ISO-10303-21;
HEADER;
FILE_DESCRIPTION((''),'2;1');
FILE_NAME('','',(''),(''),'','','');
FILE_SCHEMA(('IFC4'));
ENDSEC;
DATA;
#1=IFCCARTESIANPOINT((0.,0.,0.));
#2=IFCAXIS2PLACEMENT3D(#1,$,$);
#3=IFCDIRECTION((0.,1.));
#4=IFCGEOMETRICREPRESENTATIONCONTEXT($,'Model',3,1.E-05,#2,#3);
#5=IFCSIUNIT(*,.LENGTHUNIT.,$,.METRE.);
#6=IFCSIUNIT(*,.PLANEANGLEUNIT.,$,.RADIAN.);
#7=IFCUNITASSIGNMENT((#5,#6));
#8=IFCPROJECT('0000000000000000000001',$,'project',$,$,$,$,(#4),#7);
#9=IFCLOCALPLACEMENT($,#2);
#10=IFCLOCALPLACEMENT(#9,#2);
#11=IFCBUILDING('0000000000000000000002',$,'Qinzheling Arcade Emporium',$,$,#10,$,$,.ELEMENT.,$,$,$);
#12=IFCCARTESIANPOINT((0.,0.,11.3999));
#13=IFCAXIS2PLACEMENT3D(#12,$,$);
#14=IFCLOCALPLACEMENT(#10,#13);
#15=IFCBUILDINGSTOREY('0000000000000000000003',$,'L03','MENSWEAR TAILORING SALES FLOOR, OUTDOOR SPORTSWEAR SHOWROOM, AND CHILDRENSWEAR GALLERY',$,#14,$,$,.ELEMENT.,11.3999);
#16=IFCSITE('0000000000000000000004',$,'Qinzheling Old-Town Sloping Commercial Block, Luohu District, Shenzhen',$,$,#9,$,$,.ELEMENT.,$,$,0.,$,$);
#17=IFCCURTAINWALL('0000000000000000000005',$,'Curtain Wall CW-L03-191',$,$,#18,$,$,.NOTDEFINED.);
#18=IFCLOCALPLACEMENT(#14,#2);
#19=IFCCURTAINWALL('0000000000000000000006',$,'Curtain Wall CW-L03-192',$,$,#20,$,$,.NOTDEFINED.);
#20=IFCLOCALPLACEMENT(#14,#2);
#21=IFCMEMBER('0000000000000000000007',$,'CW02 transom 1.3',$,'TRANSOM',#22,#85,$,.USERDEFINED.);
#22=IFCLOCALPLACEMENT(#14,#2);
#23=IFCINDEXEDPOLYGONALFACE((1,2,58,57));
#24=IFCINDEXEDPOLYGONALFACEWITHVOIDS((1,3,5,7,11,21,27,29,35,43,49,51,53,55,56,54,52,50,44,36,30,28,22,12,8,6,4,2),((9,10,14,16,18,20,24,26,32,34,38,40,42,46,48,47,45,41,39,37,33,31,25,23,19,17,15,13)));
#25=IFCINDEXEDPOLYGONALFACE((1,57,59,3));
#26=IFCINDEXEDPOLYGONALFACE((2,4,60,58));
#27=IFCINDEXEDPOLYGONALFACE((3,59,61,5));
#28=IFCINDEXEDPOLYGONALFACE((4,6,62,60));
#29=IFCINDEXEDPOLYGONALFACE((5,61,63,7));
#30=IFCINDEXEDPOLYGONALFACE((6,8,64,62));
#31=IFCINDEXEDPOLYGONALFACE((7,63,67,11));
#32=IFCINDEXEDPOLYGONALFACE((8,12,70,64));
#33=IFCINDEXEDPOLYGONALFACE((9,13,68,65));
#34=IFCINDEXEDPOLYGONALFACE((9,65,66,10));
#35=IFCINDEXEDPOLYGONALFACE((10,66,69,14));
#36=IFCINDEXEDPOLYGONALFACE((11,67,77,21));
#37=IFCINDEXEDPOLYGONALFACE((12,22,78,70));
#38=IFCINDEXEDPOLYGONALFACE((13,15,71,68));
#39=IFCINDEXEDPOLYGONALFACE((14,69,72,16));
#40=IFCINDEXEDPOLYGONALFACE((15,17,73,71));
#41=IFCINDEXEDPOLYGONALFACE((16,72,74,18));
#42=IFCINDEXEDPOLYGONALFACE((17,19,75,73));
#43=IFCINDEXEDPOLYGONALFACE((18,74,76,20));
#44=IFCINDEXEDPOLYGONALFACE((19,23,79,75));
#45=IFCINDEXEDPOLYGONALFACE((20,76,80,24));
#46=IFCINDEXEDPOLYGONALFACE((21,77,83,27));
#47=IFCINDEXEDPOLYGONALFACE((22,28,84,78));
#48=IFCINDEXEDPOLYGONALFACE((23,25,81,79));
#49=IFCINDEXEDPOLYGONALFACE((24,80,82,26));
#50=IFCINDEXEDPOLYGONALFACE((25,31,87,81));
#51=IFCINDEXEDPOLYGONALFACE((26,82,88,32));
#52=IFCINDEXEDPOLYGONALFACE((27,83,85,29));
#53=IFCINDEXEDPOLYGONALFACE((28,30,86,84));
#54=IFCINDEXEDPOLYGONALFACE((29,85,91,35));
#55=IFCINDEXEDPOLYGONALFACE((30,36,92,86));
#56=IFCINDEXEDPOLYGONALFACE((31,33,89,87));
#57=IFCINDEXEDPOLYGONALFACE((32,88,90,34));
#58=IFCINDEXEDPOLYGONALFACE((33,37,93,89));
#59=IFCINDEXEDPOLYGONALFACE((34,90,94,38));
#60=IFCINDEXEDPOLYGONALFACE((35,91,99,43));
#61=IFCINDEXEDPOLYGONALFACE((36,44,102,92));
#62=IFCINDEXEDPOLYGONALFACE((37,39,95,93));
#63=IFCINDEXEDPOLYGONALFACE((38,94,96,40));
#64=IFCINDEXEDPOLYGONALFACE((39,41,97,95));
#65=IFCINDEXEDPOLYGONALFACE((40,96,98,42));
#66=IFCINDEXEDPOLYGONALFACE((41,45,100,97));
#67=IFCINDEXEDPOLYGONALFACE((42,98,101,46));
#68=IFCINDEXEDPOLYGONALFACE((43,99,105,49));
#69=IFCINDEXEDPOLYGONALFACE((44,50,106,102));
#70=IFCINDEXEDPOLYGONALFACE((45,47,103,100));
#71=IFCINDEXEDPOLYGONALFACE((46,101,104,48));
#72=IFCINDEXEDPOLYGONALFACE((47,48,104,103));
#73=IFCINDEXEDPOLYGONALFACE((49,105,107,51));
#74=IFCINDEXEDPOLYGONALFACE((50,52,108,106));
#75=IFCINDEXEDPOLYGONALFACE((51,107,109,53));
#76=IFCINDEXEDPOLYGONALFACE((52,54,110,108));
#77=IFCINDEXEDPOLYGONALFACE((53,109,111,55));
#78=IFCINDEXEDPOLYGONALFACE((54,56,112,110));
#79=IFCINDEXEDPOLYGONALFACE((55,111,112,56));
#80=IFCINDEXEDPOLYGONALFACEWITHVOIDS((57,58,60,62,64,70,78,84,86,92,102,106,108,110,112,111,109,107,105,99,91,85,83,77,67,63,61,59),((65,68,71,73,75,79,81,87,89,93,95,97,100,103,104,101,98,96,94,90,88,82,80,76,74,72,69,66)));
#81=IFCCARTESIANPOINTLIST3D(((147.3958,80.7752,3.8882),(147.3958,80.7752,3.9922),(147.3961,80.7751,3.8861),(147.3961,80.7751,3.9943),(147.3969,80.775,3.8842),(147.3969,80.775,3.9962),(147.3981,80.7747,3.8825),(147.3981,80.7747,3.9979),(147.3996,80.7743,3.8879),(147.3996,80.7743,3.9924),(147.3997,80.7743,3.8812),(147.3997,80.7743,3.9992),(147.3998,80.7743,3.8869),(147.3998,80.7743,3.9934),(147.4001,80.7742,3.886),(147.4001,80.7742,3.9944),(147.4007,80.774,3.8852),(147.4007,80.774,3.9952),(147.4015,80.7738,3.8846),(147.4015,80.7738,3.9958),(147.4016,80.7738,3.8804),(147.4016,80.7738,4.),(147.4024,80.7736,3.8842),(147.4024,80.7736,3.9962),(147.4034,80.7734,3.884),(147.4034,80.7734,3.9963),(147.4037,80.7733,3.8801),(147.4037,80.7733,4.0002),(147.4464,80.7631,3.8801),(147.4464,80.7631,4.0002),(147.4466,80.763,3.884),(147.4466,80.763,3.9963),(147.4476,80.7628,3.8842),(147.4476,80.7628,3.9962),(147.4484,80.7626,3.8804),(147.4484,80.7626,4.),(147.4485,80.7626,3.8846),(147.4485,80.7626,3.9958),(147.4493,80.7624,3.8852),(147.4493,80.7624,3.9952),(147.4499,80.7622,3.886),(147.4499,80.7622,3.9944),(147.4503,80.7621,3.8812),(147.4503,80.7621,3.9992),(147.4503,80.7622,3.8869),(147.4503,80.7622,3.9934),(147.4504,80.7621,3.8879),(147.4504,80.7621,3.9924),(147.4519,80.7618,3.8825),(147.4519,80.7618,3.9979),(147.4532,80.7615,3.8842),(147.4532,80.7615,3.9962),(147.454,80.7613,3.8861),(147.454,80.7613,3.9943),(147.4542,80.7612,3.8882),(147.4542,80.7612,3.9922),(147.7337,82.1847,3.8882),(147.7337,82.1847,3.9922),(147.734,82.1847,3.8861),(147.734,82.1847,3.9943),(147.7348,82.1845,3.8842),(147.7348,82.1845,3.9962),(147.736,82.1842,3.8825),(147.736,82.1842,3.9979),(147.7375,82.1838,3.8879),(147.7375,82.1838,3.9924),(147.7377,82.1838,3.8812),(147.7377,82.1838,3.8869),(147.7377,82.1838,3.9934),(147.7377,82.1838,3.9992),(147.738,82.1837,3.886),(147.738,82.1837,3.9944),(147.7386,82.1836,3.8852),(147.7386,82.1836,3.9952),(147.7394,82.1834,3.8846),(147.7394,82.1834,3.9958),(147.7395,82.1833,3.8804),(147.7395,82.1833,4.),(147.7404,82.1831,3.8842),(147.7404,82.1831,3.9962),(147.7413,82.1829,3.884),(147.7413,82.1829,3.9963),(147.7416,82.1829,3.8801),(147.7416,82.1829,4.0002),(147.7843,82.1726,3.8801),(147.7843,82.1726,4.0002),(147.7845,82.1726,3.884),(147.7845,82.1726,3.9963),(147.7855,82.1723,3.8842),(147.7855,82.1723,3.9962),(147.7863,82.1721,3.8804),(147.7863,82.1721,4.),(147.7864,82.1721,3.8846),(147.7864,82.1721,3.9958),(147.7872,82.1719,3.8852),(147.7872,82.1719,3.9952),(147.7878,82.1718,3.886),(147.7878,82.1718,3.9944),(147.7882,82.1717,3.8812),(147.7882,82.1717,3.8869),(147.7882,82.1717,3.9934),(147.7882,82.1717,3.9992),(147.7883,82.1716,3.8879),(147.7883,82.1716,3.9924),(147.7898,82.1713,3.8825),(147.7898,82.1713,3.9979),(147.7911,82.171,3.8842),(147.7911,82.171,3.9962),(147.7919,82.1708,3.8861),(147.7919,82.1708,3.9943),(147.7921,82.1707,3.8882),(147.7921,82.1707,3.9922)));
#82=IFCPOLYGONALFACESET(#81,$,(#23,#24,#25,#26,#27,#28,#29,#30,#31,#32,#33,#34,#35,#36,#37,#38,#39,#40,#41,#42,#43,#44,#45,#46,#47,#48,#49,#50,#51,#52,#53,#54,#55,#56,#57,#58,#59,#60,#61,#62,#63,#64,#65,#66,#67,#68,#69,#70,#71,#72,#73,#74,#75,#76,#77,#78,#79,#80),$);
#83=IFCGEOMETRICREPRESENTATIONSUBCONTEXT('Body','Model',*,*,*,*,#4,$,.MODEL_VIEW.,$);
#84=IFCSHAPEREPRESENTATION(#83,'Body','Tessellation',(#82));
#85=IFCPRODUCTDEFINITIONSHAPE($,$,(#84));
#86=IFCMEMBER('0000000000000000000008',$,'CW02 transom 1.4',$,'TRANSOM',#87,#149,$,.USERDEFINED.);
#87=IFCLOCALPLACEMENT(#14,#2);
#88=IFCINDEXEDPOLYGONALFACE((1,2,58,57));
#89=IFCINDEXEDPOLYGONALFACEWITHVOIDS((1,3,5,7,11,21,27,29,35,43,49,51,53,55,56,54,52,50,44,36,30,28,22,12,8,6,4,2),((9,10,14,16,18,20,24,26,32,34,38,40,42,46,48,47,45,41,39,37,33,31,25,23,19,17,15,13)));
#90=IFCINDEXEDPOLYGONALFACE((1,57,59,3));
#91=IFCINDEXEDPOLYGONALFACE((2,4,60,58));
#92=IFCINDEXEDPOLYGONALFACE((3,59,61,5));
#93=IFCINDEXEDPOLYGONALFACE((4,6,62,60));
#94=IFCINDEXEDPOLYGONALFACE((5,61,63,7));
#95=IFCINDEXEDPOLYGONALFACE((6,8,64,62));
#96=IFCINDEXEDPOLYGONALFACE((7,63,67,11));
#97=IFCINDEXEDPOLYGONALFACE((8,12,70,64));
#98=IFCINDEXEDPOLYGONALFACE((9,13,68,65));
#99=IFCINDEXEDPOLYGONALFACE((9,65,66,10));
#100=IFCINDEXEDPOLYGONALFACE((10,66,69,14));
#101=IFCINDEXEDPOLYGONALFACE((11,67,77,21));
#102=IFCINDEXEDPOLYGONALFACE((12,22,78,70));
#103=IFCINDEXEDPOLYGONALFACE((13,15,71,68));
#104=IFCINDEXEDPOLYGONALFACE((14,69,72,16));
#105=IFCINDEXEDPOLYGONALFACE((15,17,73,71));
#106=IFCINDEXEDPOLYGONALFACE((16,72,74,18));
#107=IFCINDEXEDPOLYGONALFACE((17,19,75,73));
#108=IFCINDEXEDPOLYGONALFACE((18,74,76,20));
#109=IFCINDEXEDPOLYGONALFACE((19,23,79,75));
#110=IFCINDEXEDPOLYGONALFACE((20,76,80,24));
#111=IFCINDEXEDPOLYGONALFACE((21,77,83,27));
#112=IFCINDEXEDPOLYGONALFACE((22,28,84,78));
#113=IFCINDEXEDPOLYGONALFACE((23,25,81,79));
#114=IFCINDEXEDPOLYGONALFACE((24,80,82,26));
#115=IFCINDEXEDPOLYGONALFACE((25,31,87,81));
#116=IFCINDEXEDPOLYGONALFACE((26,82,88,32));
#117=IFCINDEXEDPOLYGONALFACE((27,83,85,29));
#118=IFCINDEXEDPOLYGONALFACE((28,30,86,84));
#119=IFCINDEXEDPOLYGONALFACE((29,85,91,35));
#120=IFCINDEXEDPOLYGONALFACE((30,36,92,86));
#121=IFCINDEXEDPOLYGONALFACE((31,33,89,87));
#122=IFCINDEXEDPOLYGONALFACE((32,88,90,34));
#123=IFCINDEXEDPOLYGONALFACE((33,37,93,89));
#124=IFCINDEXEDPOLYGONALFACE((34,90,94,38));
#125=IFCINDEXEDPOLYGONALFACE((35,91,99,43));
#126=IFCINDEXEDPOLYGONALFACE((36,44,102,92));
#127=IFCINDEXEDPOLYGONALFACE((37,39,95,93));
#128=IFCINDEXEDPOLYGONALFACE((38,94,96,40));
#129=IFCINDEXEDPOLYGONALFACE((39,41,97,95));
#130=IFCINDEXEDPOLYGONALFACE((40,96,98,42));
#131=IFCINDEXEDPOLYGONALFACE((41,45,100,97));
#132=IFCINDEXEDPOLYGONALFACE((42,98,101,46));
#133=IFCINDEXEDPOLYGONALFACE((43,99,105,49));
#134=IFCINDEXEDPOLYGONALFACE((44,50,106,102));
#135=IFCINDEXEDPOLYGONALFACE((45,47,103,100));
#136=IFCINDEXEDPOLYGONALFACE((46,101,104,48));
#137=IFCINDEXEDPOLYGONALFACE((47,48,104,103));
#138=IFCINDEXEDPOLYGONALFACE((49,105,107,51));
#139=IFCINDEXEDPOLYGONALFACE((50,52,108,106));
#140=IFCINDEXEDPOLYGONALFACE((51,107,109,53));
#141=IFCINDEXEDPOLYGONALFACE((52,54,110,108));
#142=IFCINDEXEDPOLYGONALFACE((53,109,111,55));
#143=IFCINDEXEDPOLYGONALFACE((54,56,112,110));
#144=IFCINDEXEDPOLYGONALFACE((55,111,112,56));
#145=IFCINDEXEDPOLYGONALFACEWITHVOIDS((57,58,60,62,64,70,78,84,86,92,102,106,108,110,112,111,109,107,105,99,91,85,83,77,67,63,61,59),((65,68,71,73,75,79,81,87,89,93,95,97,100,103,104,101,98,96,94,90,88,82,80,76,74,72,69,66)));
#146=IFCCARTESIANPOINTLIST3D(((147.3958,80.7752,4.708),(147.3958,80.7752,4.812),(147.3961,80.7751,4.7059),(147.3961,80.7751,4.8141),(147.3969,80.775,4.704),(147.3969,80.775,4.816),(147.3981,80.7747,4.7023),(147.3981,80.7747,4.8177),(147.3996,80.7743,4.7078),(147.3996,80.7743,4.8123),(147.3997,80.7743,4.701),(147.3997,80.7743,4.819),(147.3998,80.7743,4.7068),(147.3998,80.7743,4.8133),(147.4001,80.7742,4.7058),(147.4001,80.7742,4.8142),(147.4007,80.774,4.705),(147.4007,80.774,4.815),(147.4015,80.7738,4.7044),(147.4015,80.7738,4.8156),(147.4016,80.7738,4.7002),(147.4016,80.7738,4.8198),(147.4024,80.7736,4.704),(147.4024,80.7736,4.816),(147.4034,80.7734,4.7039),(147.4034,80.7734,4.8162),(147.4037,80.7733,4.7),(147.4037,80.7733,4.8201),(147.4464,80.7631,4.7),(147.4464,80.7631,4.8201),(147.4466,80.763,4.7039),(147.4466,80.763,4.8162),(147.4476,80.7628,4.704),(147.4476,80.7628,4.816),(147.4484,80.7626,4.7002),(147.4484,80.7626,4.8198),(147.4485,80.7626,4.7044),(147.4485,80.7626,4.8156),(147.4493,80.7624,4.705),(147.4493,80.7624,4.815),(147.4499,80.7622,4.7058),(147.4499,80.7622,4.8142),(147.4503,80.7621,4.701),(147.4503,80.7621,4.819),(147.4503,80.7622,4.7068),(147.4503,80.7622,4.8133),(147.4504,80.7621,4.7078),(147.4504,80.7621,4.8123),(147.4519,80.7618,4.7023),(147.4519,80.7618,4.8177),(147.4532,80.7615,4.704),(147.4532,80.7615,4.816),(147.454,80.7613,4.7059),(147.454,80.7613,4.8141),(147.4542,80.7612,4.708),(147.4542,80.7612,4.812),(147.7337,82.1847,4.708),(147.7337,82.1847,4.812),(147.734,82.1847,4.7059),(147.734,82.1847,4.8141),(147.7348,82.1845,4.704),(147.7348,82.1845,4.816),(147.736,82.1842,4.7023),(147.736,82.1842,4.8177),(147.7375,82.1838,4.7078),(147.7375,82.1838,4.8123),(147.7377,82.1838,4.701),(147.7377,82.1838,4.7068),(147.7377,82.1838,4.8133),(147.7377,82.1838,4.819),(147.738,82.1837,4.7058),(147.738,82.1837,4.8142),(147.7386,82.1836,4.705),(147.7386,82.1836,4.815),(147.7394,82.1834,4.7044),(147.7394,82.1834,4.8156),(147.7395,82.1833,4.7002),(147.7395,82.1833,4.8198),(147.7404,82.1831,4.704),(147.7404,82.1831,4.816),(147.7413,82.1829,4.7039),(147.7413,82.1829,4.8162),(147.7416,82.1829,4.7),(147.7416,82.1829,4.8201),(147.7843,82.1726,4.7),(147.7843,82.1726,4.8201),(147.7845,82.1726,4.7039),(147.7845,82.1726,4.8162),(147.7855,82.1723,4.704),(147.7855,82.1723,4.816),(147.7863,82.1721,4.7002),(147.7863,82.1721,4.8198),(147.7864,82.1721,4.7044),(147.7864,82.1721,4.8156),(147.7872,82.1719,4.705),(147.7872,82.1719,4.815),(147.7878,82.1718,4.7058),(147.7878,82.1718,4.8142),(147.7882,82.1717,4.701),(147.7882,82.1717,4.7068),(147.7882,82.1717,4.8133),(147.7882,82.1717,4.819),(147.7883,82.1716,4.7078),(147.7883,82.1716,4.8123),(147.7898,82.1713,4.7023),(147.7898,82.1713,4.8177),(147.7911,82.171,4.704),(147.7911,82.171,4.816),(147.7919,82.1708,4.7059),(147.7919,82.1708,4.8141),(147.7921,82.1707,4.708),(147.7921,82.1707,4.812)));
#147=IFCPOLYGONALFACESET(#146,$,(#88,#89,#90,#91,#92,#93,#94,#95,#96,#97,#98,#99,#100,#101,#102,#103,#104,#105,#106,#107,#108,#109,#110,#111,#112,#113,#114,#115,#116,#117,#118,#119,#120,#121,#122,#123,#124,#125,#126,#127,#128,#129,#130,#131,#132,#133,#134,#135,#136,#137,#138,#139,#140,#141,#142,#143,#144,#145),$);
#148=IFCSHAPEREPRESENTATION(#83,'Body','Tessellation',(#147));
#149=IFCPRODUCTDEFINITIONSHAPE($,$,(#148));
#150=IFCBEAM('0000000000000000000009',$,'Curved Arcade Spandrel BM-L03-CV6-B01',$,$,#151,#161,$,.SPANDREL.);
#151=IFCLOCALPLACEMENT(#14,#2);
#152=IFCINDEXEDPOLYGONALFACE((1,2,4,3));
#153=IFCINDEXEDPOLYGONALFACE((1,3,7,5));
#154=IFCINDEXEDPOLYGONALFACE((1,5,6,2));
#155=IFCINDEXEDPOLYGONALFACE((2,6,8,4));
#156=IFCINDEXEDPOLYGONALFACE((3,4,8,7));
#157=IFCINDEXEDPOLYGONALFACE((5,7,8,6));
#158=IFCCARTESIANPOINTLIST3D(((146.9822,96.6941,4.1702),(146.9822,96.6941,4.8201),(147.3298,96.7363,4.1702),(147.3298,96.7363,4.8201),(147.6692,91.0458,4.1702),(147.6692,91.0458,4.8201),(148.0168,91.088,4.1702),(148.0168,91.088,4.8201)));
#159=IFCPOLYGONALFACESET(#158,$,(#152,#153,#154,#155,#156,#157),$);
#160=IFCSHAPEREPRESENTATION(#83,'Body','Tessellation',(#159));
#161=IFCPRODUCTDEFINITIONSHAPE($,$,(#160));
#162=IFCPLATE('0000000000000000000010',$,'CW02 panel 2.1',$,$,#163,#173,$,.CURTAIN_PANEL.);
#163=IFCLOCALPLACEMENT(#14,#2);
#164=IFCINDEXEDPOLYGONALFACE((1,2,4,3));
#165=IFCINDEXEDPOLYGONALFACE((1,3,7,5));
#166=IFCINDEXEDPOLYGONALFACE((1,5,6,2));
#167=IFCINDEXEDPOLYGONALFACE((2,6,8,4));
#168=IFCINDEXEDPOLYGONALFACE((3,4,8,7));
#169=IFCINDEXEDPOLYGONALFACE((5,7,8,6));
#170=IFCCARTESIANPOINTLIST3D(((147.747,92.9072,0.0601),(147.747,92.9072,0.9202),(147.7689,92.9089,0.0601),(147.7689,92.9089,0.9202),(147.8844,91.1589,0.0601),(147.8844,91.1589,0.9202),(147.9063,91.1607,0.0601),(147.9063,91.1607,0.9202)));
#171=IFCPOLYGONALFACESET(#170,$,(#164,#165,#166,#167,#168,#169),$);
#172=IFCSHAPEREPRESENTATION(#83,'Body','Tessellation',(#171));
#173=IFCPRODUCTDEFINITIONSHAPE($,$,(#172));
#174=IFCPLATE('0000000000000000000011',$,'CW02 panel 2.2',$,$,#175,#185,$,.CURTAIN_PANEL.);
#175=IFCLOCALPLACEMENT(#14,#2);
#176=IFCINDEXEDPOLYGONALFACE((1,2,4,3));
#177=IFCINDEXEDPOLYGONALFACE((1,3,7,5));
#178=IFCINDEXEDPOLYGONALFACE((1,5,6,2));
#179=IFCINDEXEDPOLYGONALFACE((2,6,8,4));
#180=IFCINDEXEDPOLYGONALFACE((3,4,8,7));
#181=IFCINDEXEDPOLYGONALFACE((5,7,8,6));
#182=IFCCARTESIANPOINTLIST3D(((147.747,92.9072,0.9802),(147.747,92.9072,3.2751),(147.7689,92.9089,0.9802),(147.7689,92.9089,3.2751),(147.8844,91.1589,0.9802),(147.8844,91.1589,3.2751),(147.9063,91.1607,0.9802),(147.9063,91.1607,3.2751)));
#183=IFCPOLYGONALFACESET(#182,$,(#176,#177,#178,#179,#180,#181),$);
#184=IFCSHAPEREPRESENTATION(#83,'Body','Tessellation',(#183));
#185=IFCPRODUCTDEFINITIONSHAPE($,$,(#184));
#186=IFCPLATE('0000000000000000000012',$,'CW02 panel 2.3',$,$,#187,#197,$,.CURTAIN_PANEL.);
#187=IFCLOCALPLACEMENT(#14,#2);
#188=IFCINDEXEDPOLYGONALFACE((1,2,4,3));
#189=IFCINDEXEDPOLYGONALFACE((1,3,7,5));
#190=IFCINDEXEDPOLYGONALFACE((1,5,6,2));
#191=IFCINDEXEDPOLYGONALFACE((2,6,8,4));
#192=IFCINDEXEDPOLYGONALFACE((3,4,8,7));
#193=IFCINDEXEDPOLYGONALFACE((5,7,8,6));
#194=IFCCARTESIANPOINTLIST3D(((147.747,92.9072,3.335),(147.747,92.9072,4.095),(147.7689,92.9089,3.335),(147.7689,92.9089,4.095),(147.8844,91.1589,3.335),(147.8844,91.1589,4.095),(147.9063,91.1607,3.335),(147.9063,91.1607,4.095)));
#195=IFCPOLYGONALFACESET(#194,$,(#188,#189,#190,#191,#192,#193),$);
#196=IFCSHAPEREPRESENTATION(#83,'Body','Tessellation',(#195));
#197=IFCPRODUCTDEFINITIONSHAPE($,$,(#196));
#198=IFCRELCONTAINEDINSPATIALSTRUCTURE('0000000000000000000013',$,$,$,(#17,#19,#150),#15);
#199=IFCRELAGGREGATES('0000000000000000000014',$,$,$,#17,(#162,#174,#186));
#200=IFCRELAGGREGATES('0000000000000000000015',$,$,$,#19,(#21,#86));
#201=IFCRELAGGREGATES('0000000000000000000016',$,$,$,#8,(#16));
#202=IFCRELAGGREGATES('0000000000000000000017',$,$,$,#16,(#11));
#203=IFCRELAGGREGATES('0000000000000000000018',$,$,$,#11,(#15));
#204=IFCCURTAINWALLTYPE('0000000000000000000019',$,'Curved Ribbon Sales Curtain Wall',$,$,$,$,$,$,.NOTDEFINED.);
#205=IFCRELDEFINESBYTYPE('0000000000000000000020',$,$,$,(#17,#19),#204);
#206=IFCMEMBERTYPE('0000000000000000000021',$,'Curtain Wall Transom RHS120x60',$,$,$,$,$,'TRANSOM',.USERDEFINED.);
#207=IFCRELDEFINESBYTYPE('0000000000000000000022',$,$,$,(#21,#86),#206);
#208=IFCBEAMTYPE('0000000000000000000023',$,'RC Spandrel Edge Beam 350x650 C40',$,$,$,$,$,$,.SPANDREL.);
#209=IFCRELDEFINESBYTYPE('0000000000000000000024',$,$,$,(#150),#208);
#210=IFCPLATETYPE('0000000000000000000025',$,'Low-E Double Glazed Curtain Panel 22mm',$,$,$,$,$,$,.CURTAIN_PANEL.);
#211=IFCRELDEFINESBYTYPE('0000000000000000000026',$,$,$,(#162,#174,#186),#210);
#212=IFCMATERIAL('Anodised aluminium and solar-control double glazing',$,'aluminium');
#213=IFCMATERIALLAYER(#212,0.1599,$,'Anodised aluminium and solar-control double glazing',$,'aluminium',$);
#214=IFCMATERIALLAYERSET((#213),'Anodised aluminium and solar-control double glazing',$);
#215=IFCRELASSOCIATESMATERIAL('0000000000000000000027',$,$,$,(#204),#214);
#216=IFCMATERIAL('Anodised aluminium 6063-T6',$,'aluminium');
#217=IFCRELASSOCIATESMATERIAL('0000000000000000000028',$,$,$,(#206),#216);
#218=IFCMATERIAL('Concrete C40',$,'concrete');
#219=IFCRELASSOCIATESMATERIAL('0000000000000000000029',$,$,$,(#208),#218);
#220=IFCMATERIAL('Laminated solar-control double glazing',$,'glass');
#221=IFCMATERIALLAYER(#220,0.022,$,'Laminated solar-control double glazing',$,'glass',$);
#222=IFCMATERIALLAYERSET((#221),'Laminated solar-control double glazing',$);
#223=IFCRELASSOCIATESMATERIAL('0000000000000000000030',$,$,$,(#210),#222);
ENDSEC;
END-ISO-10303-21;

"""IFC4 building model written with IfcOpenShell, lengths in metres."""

from ifc_helpers import new_model, si_unit, direction, frame, origin, origin_2d, place, context, subcontext, project, spatial, rectangle, hollow_rectangle, extrude, material, layer, layer_set, material_profile, profile_set, type_object, element, aggregate, save


model = new_model("IFC4")

# Units and contexts
model_context = context("Model", 3, precision=1e-05, world=origin(), true_north=direction((0.0, 1.0)))
body_context = subcontext(model_context, "Body", "Model", "MODEL_VIEW")
ifc_project = project(units=[si_unit("LENGTHUNIT", "METRE"), si_unit("PLANEANGLEUNIT", "RADIAN")], contexts=[model_context])

# Site, building, storey
site_placement = place(None, origin())
site = spatial("IfcSite", under=ifc_project, at=site_placement, Name="Qinzheling Old-Town Sloping Commercial Block, Luohu District, Shenzhen", CompositionType="ELEMENT", RefElevation=0.0)
building_placement = place(site_placement, origin())
building = spatial("IfcBuilding", under=site, at=building_placement, Name="Qinzheling Arcade Emporium", CompositionType="ELEMENT")
storey_placement = place(building_placement, frame((0.0, 0.0, 11.3999)))
storey = spatial("IfcBuildingStorey", under=building, at=storey_placement, Name="L03", Description="MENSWEAR TAILORING SALES FLOOR, OUTDOOR SPORTSWEAR SHOWROOM, AND CHILDRENSWEAR GALLERY", CompositionType="ELEMENT", Elevation=11.3999)

# Curtain wall
ifc_material_1 = material(Name="Anodised aluminium and solar-control double glazing", Category="aluminium")
ifc_layer_1 = layer(ifc_material_1, 0.1599, Name="Anodised aluminium and solar-control double glazing", Category="aluminium")
ifc_layer_set_1 = layer_set([ifc_layer_1], Name="Anodised aluminium and solar-control double glazing")
curtain_wall_type = type_object("IfcCurtainWallType", Name="Curved Ribbon Sales Curtain Wall", PredefinedType="NOTDEFINED", material=ifc_layer_set_1)
curtain_wall_1_placement = place(storey_placement, origin())
curtain_wall_1 = element("IfcCurtainWall", 1, at=curtain_wall_1_placement, inside=storey, type_object=curtain_wall_type, Name="Curtain Wall CW-L03-191", PredefinedType="NOTDEFINED")
ifc_material_2 = material(Name="Anodised aluminium 6063-T6", Category="aluminium")

# Curtain wall
curtain_wall_2_placement = place(storey_placement, origin())
curtain_wall_2 = element("IfcCurtainWall", 2, at=curtain_wall_2_placement, inside=storey, type_object=curtain_wall_type, Name="Curtain Wall CW-L03-192", PredefinedType="NOTDEFINED")

# Members
ifc_material_profile_1 = material_profile(ifc_material_2, hollow_rectangle(XDim=0.0601, YDim=0.1201, WallThickness=0.0039, InnerFilletRadius=0.0039, OuterFilletRadius=0.0081, at=origin_2d()), Name="RHS 120x60x4", Category="aluminium")
ifc_profile_set_1 = profile_set([ifc_material_profile_1], Name="Anodised aluminium 6063-T6")
member_type_1 = type_object("IfcMemberType", Name="Curtain Wall Transom RHS120x60", ElementType="TRANSOM", PredefinedType="USERDEFINED", material=ifc_profile_set_1)
member_1_placement = place(storey_placement, frame((147.7629, 82.1777, 3.9402), z_axis=(-0.233131, -0.972445, 0.0), x_axis=(0.972445, -0.233131, 0.0)))
member_1 = element("IfcMember", 3, at=member_1_placement, type_object=member_type_1, Name="CW02 transom 1.3", ObjectType="TRANSOM", PredefinedType="USERDEFINED", context=body_context, shape_type="SweptSolid", body=[
    extrude(hollow_rectangle(XDim=0.0601, YDim=0.1201, WallThickness=0.0039, InnerFilletRadius=0.0039, OuterFilletRadius=0.0081, at=origin_2d()), origin(), (0.0, 0.0, 1.0), 1.4495),
])
member_2_placement = place(storey_placement, frame((147.7629, 82.1777, 4.76), z_axis=(-0.233131, -0.972445, 0.0), x_axis=(0.972445, -0.233131, 0.0)))
member_2 = element("IfcMember", 4, at=member_2_placement, type_object=member_type_1, Name="CW02 transom 1.4", ObjectType="TRANSOM", PredefinedType="USERDEFINED", context=body_context, shape_type="SweptSolid", body=[
    extrude(hollow_rectangle(XDim=0.0601, YDim=0.1201, WallThickness=0.0039, InnerFilletRadius=0.0039, OuterFilletRadius=0.0081, at=origin_2d()), origin(), (0.0, 0.0, 1.0), 1.4495),
])

# Beam
ifc_material_3 = material(Name="Concrete C40", Category="concrete")
ifc_material_profile_2 = material_profile(ifc_material_3, rectangle(XDim=0.3501, YDim=0.6499, at=origin_2d()), Name="RC 350x650", Category="concrete")
ifc_profile_set_2 = profile_set([ifc_material_profile_2], Name="Concrete C40")
beam_type = type_object("IfcBeamType", Name="RC Spandrel Edge Beam 350x650 C40", PredefinedType="SPANDREL", material=ifc_profile_set_2)
beam_placement = place(storey_placement, frame((147.843, 91.0669, 4.4951), z_axis=(-0.120744, 0.992684, 0.0), x_axis=(-0.992684, -0.120744, 0.0)))
element("IfcBeam", 5, at=beam_placement, inside=storey, type_object=beam_type, Name="Curved Arcade Spandrel BM-L03-CV6-B01", PredefinedType="SPANDREL", context=body_context, shape_type="SweptSolid", body=[
    extrude(rectangle(XDim=0.3501, YDim=0.6499, at=origin_2d()), origin(), (0.0, 0.0, 1.0), 5.6899),
])

# Plates
ifc_material_4 = material(Name="Laminated solar-control double glazing", Category="glass")
ifc_layer_2 = layer(ifc_material_4, 0.022, Name="Laminated solar-control double glazing", Category="glass")
ifc_layer_set_2 = layer_set([ifc_layer_2], Name="Laminated solar-control double glazing")
plate_type_1 = type_object("IfcPlateType", Name="Low-E Double Glazed Curtain Panel 22mm", PredefinedType="CURTAIN_PANEL", material=ifc_layer_set_2)
plate_1_placement = place(storey_placement, frame((147.8267, 92.0339, 0.0601), z_axis=(0.0, 0.0, 1.0), x_axis=(0.078376, -0.996924, 0.0)))
plate_1 = element("IfcPlate", 6, at=plate_1_placement, type_object=plate_type_1, Name="CW02 panel 2.1", PredefinedType="CURTAIN_PANEL", context=body_context, shape_type="SweptSolid", body=[
    extrude(rectangle(XDim=1.7537, YDim=0.022, at=origin_2d()), origin(), (0.0, 0.0, 1.0), 0.8601),
])
plate_2_placement = place(storey_placement, frame((147.8267, 92.0339, 0.9802), z_axis=(0.0, 0.0, 1.0), x_axis=(0.078376, -0.996924, 0.0)))
plate_2 = element("IfcPlate", 7, at=plate_2_placement, type_object=plate_type_1, Name="CW02 panel 2.2", PredefinedType="CURTAIN_PANEL", context=body_context, shape_type="SweptSolid", body=[
    extrude(rectangle(XDim=1.7537, YDim=0.022, at=origin_2d()), origin(), (0.0, 0.0, 1.0), 2.2949),
])
plate_3_placement = place(storey_placement, frame((147.8267, 92.0339, 3.335), z_axis=(0.0, 0.0, 1.0), x_axis=(0.078376, -0.996924, 0.0)))
plate_3 = element("IfcPlate", 8, at=plate_3_placement, type_object=plate_type_1, Name="CW02 panel 2.3", PredefinedType="CURTAIN_PANEL", context=body_context, shape_type="SweptSolid", body=[
    extrude(rectangle(XDim=1.7537, YDim=0.022, at=origin_2d()), origin(), (0.0, 0.0, 1.0), 0.76),
])
aggregate(curtain_wall_1, [plate_1, plate_2, plate_3])
aggregate(curtain_wall_2, [member_1, member_2])

save(model, "model.ifc")
